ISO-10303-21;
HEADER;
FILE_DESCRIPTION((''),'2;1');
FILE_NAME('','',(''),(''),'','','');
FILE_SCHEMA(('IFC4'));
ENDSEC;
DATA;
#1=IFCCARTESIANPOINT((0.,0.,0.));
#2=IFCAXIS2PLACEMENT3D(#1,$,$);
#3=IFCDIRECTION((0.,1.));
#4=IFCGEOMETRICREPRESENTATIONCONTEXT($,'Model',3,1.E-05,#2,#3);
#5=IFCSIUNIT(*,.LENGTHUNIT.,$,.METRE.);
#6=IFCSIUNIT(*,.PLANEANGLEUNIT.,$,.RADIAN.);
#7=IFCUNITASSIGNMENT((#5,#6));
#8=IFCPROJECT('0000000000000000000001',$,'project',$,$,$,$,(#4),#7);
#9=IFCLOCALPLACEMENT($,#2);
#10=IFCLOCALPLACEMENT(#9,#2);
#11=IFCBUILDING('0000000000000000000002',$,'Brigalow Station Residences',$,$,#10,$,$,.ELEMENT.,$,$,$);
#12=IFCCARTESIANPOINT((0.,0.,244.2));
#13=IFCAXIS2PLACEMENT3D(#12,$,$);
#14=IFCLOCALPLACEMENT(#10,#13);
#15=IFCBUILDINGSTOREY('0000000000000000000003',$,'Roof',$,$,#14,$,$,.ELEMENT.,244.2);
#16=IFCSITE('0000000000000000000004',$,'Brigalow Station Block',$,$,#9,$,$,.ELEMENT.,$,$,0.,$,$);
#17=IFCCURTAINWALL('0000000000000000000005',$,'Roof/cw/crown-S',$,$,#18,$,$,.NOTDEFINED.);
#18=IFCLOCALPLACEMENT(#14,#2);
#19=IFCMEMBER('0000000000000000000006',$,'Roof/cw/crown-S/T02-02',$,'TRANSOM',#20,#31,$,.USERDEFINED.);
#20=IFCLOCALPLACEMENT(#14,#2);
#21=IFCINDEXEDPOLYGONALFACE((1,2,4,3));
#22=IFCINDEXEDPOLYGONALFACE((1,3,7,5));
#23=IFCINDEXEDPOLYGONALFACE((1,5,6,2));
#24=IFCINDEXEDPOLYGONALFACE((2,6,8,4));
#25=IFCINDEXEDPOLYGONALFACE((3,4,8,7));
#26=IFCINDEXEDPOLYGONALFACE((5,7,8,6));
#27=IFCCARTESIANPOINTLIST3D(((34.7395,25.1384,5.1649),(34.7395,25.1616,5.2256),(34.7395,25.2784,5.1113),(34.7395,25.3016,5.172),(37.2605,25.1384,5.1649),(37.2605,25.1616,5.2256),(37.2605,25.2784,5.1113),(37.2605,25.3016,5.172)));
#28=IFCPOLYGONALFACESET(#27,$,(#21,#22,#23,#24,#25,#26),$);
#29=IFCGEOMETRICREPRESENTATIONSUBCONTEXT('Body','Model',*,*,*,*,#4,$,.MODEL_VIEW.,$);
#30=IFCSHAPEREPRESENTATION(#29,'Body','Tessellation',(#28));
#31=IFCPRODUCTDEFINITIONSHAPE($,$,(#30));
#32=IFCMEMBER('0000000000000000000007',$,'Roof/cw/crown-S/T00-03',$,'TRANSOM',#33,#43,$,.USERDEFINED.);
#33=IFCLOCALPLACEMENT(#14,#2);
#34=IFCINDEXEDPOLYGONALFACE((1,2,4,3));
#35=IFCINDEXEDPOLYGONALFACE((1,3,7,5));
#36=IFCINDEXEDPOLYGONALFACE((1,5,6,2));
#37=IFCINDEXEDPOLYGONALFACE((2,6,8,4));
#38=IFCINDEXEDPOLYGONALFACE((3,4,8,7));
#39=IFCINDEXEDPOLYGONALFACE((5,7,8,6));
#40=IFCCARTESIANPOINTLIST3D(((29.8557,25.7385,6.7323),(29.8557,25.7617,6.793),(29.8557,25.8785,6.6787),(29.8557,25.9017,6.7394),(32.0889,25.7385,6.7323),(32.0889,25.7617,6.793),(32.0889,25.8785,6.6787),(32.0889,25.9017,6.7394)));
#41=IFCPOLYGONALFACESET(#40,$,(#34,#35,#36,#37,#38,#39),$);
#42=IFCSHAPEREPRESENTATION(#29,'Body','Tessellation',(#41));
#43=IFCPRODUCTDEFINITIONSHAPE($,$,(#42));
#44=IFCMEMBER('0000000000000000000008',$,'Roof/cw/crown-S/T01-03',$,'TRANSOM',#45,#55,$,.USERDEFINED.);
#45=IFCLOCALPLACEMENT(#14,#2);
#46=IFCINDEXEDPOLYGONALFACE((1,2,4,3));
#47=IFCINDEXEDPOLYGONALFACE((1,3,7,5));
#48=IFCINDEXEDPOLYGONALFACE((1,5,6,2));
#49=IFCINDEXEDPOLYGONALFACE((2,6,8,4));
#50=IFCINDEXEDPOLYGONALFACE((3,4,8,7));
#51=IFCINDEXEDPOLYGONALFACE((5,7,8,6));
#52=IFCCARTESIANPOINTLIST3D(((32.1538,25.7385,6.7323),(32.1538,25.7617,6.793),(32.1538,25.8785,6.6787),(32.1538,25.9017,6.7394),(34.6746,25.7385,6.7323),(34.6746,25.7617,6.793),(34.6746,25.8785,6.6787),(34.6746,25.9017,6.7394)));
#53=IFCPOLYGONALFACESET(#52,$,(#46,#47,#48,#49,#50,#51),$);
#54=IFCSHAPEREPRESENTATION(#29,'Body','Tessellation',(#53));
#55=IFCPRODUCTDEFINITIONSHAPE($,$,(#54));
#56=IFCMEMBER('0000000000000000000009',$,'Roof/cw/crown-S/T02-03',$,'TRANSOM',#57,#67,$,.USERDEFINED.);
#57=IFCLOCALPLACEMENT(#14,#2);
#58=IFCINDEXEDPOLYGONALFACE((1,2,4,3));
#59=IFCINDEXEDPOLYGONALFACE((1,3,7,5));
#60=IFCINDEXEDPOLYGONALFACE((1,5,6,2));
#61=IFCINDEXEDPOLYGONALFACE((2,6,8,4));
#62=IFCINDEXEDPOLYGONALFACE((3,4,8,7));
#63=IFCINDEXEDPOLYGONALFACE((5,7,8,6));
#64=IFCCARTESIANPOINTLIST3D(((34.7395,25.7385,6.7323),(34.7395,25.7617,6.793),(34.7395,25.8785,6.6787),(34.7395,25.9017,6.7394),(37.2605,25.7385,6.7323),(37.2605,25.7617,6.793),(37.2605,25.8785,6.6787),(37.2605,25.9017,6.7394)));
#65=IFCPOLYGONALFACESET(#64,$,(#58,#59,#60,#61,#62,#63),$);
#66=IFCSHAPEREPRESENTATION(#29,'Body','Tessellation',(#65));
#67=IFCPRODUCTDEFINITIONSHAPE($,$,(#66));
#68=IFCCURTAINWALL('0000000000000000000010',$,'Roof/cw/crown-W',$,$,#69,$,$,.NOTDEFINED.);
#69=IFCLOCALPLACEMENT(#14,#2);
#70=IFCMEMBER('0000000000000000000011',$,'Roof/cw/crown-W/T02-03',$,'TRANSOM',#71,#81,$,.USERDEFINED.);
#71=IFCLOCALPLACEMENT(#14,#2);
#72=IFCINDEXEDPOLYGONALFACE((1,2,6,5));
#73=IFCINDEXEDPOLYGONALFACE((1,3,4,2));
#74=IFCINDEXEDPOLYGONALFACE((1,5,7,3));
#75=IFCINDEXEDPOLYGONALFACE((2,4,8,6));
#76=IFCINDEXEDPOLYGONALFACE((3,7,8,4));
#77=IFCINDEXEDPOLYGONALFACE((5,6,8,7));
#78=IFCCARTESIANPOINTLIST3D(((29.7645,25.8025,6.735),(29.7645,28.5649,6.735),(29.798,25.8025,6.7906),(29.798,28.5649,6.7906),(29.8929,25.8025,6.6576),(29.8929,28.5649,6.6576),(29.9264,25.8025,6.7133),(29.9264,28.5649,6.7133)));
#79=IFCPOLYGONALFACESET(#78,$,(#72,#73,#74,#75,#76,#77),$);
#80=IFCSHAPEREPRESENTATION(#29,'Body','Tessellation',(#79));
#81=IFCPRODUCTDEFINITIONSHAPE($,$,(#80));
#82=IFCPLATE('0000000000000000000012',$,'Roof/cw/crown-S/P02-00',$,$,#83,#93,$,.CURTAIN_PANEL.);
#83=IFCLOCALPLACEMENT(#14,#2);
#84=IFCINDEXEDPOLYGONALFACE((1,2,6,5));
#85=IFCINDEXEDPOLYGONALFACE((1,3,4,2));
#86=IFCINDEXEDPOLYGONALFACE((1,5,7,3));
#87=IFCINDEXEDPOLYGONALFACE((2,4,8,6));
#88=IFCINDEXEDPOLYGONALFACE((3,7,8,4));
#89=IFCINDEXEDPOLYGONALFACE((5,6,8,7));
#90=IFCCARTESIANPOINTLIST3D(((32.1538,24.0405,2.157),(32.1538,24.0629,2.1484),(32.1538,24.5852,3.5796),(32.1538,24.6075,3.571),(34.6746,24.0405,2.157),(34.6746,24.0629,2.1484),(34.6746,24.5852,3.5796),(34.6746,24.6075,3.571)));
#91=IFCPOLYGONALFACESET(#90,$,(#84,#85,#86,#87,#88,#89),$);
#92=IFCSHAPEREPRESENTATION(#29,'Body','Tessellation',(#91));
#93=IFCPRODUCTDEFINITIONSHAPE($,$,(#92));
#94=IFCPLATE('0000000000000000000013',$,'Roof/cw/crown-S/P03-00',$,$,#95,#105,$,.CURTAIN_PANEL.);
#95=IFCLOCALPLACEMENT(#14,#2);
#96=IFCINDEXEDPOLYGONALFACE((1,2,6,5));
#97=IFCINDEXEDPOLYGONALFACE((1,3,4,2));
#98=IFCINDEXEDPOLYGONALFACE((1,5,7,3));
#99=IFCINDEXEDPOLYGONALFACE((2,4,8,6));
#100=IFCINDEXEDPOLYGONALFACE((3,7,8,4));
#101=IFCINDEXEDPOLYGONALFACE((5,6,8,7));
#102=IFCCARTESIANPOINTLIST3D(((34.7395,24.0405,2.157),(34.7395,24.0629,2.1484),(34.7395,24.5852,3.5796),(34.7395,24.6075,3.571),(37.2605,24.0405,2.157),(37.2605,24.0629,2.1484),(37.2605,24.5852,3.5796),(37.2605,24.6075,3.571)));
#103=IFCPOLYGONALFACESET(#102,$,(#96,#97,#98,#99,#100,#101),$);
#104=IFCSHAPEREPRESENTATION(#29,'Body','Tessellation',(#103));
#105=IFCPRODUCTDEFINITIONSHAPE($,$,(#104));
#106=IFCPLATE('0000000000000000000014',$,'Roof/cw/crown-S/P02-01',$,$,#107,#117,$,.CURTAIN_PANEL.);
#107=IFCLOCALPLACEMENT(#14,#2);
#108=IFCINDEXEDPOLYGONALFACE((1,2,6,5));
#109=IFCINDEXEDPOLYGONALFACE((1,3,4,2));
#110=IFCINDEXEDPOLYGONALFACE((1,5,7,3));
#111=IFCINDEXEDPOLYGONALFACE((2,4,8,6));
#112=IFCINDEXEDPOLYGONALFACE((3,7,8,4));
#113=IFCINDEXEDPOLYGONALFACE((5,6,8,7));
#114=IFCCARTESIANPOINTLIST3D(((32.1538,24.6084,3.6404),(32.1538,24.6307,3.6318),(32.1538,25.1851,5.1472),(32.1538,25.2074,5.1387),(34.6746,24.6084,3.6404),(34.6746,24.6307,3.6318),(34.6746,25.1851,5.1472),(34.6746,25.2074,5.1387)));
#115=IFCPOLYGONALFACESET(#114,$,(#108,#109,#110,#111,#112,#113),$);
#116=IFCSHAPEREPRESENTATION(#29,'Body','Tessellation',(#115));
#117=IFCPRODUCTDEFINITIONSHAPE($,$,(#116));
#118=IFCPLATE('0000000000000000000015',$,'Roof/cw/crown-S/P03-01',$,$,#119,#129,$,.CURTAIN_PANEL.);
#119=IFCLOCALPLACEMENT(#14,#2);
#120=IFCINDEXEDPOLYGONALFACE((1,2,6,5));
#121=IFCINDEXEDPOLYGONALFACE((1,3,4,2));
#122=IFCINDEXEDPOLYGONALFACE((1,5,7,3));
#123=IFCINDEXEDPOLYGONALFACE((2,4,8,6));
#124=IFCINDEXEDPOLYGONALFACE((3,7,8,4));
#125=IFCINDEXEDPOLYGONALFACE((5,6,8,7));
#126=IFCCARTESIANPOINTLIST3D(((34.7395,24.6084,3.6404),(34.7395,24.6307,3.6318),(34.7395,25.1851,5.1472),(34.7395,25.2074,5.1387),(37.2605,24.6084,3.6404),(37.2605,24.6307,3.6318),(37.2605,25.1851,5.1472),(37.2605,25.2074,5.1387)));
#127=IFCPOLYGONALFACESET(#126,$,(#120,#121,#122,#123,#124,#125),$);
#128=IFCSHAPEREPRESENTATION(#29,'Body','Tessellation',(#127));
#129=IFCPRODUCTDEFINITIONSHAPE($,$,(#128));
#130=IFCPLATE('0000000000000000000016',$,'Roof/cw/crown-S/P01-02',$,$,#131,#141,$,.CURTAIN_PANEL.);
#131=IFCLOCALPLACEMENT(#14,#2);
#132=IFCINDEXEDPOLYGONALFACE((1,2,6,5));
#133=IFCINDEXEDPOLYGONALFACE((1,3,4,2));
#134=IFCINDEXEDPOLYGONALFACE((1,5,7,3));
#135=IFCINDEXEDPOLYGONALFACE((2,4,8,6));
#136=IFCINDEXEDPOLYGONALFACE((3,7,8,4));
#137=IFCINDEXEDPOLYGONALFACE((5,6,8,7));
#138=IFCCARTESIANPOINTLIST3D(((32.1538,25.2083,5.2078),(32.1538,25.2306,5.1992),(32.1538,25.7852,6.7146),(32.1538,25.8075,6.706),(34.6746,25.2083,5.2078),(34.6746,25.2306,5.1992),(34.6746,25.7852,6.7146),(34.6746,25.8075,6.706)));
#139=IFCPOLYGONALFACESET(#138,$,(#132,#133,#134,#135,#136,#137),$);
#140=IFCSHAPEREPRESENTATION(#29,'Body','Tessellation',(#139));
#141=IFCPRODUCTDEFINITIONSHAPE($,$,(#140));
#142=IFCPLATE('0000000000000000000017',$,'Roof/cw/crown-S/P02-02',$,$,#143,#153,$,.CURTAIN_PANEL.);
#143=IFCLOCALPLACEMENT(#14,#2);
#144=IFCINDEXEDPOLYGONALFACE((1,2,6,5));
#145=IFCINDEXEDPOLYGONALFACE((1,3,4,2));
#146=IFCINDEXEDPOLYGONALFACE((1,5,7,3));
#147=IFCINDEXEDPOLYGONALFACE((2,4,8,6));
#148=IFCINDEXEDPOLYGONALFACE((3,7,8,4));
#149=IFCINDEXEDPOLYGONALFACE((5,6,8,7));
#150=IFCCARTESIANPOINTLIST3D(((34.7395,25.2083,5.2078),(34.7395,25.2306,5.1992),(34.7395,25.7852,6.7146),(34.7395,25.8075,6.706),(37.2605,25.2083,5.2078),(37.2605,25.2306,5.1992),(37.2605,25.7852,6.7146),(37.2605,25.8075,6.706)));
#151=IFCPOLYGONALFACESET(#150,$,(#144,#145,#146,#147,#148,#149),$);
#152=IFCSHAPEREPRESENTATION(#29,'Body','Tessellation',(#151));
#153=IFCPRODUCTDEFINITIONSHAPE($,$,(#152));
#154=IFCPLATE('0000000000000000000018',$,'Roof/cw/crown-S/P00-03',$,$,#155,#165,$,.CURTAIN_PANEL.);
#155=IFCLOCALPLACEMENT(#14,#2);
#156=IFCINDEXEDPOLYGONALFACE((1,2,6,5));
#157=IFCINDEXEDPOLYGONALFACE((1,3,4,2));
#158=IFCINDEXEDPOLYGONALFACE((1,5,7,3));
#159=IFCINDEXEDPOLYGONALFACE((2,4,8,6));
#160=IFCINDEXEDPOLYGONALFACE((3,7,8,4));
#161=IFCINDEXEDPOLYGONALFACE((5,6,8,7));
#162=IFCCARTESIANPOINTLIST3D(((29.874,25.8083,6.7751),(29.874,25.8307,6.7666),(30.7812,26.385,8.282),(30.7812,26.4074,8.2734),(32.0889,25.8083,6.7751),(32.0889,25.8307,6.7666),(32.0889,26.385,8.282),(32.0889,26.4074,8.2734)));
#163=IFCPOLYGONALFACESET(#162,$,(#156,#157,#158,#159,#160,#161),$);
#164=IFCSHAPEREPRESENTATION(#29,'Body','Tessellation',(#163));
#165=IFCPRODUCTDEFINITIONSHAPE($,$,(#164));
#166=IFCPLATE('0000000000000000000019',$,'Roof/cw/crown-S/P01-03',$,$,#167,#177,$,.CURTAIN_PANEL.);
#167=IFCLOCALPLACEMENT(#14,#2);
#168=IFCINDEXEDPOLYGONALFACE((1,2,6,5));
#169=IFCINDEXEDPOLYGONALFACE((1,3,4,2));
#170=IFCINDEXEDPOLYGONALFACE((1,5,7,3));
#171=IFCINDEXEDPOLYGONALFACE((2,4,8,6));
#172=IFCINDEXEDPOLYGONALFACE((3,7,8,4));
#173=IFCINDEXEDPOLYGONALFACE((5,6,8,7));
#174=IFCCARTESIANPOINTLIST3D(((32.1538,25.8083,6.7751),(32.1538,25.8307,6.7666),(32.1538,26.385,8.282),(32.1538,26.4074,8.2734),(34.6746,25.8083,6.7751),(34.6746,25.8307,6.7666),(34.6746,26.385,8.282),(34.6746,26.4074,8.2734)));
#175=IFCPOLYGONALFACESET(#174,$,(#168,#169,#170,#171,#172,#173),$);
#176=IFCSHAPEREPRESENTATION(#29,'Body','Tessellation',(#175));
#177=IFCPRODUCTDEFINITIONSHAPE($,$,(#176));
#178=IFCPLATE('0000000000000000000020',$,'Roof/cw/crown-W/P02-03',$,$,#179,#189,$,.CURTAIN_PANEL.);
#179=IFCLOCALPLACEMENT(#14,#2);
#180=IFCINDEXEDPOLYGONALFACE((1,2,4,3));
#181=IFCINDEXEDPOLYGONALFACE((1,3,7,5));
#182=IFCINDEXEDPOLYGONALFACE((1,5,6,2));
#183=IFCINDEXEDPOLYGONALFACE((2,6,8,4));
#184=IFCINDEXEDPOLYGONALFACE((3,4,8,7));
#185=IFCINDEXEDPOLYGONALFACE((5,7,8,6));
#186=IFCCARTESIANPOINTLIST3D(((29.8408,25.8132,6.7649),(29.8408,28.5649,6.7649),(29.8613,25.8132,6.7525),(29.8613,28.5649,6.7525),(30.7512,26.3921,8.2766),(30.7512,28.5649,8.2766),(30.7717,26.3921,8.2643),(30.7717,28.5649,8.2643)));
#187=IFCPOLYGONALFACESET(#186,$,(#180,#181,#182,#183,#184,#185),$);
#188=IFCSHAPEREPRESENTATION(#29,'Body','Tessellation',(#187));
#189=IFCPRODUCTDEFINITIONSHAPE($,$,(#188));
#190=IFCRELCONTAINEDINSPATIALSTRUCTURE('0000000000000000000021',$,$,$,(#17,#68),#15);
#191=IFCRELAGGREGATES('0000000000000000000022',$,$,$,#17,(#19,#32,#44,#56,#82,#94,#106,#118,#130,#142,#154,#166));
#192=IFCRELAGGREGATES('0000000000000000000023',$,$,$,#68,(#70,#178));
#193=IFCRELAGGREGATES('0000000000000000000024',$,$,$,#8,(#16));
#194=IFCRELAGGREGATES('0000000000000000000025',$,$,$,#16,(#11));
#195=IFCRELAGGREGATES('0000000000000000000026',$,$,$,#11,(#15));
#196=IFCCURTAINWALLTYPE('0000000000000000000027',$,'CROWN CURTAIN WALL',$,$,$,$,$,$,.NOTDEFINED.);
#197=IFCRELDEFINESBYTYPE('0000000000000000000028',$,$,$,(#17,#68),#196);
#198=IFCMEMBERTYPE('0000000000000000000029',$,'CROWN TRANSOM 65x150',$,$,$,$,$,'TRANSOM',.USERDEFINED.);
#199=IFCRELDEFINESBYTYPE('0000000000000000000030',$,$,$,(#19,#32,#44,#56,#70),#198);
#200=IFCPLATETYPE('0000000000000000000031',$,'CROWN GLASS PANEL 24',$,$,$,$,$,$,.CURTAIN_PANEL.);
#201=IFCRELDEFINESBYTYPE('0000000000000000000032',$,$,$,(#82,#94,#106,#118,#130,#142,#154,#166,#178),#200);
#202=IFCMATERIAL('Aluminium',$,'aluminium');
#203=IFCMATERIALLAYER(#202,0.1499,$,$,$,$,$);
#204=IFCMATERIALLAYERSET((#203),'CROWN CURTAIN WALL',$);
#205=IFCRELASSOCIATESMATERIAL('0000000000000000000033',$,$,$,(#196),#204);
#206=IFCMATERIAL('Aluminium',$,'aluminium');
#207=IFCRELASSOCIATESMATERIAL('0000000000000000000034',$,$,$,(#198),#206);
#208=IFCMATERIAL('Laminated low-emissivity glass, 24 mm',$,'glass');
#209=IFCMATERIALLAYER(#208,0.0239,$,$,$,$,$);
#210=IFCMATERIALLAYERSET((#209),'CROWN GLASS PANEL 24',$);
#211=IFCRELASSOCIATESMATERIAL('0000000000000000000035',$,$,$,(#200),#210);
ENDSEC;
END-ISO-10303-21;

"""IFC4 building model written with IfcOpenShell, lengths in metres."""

from ifc_helpers import new_model, si_unit, direction, frame, origin, origin_2d, place, context, subcontext, project, spatial, polyline, rectangle, outline, extrude, material, layer, layer_set, material_profile, profile_set, type_object, element, aggregate, save


model = new_model("IFC4")

# Units and contexts
model_context = context("Model", 3, precision=1e-05, world=origin(), true_north=direction((0.0, 1.0)))
body_context = subcontext(model_context, "Body", "Model", "MODEL_VIEW")
ifc_project = project(units=[si_unit("LENGTHUNIT", "METRE"), si_unit("PLANEANGLEUNIT", "RADIAN")], contexts=[model_context])

# Site, building, storey
site_placement = place(None, origin())
site = spatial("IfcSite", under=ifc_project, at=site_placement, Name="Brigalow Station Block", CompositionType="ELEMENT", RefElevation=0.0)
building_placement = place(site_placement, origin())
building = spatial("IfcBuilding", under=site, at=building_placement, Name="Brigalow Station Residences", CompositionType="ELEMENT")
storey_placement = place(building_placement, frame((0.0, 0.0, 244.2)))
storey = spatial("IfcBuildingStorey", under=building, at=storey_placement, Name="Roof", CompositionType="ELEMENT", Elevation=244.2)

# Curtain wall, members
ifc_material_1 = material(Name="Aluminium", Category="aluminium")
ifc_layer_1 = layer(ifc_material_1, 0.1499)
ifc_layer_set_1 = layer_set([ifc_layer_1], Name="CROWN CURTAIN WALL")
curtain_wall_type = type_object("IfcCurtainWallType", Name="CROWN CURTAIN WALL", PredefinedType="NOTDEFINED", material=ifc_layer_set_1)
curtain_wall_1_placement = place(storey_placement, origin())
curtain_wall_1 = element("IfcCurtainWall", 1, at=curtain_wall_1_placement, inside=storey, type_object=curtain_wall_type, Name="Roof/cw/crown-S", PredefinedType="NOTDEFINED")
ifc_material_2 = material(Name="Aluminium", Category="aluminium")
ifc_material_profile_1 = material_profile(ifc_material_2, rectangle(XDim=0.0649, YDim=0.1499, at=origin_2d()), Name="CROWN TRANSOM 65x150")
ifc_profile_set_1 = profile_set([ifc_material_profile_1], Name="Aluminium")
member_type_1 = type_object("IfcMemberType", Name="CROWN TRANSOM 65x150", ElementType="TRANSOM", PredefinedType="USERDEFINED", material=ifc_profile_set_1)
member_1_placement = place(storey_placement, frame((34.7395, 25.22, 5.1685), z_axis=(1.0, 0.0, 0.0), x_axis=(0.0, 0.357491, 0.933917)))
member_1 = element("IfcMember", 2, at=member_1_placement, type_object=member_type_1, Name="Roof/cw/crown-S/T02-02", ObjectType="TRANSOM", PredefinedType="USERDEFINED", context=body_context, shape_type="SweptSolid", body=[
    extrude(rectangle(XDim=0.0649, YDim=0.1499, at=origin_2d()), origin(), (0.0, 0.0, 1.0), 2.521),
])
member_2_placement = place(storey_placement, frame((29.8557, 25.8201, 6.7358), z_axis=(1.0, 0.0, 0.0), x_axis=(0.0, 0.357491, 0.933917)))
member_2 = element("IfcMember", 3, at=member_2_placement, type_object=member_type_1, Name="Roof/cw/crown-S/T00-03", ObjectType="TRANSOM", PredefinedType="USERDEFINED", context=body_context, shape_type="SweptSolid", body=[
    extrude(rectangle(XDim=0.0649, YDim=0.1499, at=origin_2d()), origin(), (0.0, 0.0, 1.0), 2.2332),
])
member_3_placement = place(storey_placement, frame((32.1538, 25.8201, 6.7358), z_axis=(1.0, 0.0, 0.0), x_axis=(0.0, 0.357491, 0.933917)))
member_3 = element("IfcMember", 4, at=member_3_placement, type_object=member_type_1, Name="Roof/cw/crown-S/T01-03", ObjectType="TRANSOM", PredefinedType="USERDEFINED", context=body_context, shape_type="SweptSolid", body=[
    extrude(rectangle(XDim=0.0649, YDim=0.1499, at=origin_2d()), origin(), (0.0, 0.0, 1.0), 2.5208),
])
member_4_placement = place(storey_placement, frame((34.7395, 25.8201, 6.7358), z_axis=(1.0, 0.0, 0.0), x_axis=(0.0, 0.357491, 0.933917)))
member_4 = element("IfcMember", 5, at=member_4_placement, type_object=member_type_1, Name="Roof/cw/crown-S/T02-03", ObjectType="TRANSOM", PredefinedType="USERDEFINED", context=body_context, shape_type="SweptSolid", body=[
    extrude(rectangle(XDim=0.0649, YDim=0.1499, at=origin_2d()), origin(), (0.0, 0.0, 1.0), 2.521),
])

# Curtain wall, member
curtain_wall_2_placement = place(storey_placement, origin())
curtain_wall_2 = element("IfcCurtainWall", 6, at=curtain_wall_2_placement, inside=storey, type_object=curtain_wall_type, Name="Roof/cw/crown-W", PredefinedType="NOTDEFINED")
member_5_placement = place(storey_placement, frame((29.8455, 28.5649, 6.7241), z_axis=(0.0, -1.0, 0.0), x_axis=(0.515813, 0.0, 0.856701)))
member_5 = element("IfcMember", 7, at=member_5_placement, type_object=member_type_1, Name="Roof/cw/crown-W/T02-03", ObjectType="TRANSOM", PredefinedType="USERDEFINED", context=body_context, shape_type="SweptSolid", body=[
    extrude(rectangle(XDim=0.0649, YDim=0.1499, at=origin_2d()), origin(), (0.0, 0.0, 1.0), 2.7625),
])

# Plates
ifc_material_3 = material(Name="Laminated low-emissivity glass, 24 mm", Category="glass")
ifc_layer_2 = layer(ifc_material_3, 0.0239)
ifc_layer_set_2 = layer_set([ifc_layer_2], Name="CROWN GLASS PANEL 24")
plate_type = type_object("IfcPlateType", Name="CROWN GLASS PANEL 24", PredefinedType="CURTAIN_PANEL", material=ifc_layer_set_2)
plate_1_placement = place(storey_placement, frame((32.1538, 24.0405, 2.157), z_axis=(0.0, -0.93389, 0.357561), x_axis=(1.0, 0.0, 0.0)))
plate_1 = element("IfcPlate", 8, at=plate_1_placement, type_object=plate_type, Name="Roof/cw/crown-S/P02-00", PredefinedType="CURTAIN_PANEL", context=body_context, shape_type="SweptSolid", body=[
    extrude(outline(polyline([(0.0, 0.0), (2.5208, 0.0), (2.5208, 1.5233), (0.0, 1.5233), (0.0, 0.0)])), origin(), (0.0, 0.0, -1.0), 0.0239),
])
plate_2_placement = place(storey_placement, frame((34.7395, 24.0405, 2.157), z_axis=(0.0, -0.93389, 0.357561), x_axis=(1.0, 0.0, 0.0)))
plate_2 = element("IfcPlate", 9, at=plate_2_placement, type_object=plate_type, Name="Roof/cw/crown-S/P03-00", PredefinedType="CURTAIN_PANEL", context=body_context, shape_type="SweptSolid", body=[
    extrude(outline(polyline([(0.0, 0.0), (2.521, 0.0), (2.521, 1.5233), (0.0, 1.5233), (0.0, 0.0)])), origin(), (0.0, 0.0, -1.0), 0.0239),
])
plate_3_placement = place(storey_placement, frame((32.1538, 24.6084, 3.6404), z_axis=(0.0, -0.933945, 0.357417), x_axis=(1.0, 0.0, 0.0)))
plate_3 = element("IfcPlate", 10, at=plate_3_placement, type_object=plate_type, Name="Roof/cw/crown-S/P02-01", PredefinedType="CURTAIN_PANEL", context=body_context, shape_type="SweptSolid", body=[
    extrude(outline(polyline([(0.0, 0.0), (2.5208, 0.0), (2.5208, 1.6134), (0.0, 1.6134), (0.0, 0.0)])), origin(), (0.0, 0.0, -1.0), 0.0239),
])
plate_4_placement = place(storey_placement, frame((34.7395, 24.6084, 3.6404), z_axis=(0.0, -0.933945, 0.357417), x_axis=(1.0, 0.0, 0.0)))
plate_4 = element("IfcPlate", 11, at=plate_4_placement, type_object=plate_type, Name="Roof/cw/crown-S/P03-01", PredefinedType="CURTAIN_PANEL", context=body_context, shape_type="SweptSolid", body=[
    extrude(outline(polyline([(0.0, 0.0), (2.521, 0.0), (2.521, 1.6134), (0.0, 1.6134), (0.0, 0.0)])), origin(), (0.0, 0.0, -1.0), 0.0239),
])
plate_5_placement = place(storey_placement, frame((32.1538, 25.2083, 5.2078), z_axis=(0.0, -0.933894, 0.357549), x_axis=(1.0, 0.0, 0.0)))
plate_5 = element("IfcPlate", 12, at=plate_5_placement, type_object=plate_type, Name="Roof/cw/crown-S/P01-02", PredefinedType="CURTAIN_PANEL", context=body_context, shape_type="SweptSolid", body=[
    extrude(outline(polyline([(0.0, 0.0), (2.5208, 0.0), (2.5208, 1.6135), (0.0, 1.6135), (0.0, 0.0)])), origin(), (0.0, 0.0, -1.0), 0.0239),
])
plate_6_placement = place(storey_placement, frame((34.7395, 25.2083, 5.2078), z_axis=(0.0, -0.933894, 0.357549), x_axis=(1.0, 0.0, 0.0)))
plate_6 = element("IfcPlate", 13, at=plate_6_placement, type_object=plate_type, Name="Roof/cw/crown-S/P02-02", PredefinedType="CURTAIN_PANEL", context=body_context, shape_type="SweptSolid", body=[
    extrude(outline(polyline([(0.0, 0.0), (2.521, 0.0), (2.521, 1.6135), (0.0, 1.6135), (0.0, 0.0)])), origin(), (0.0, 0.0, -1.0), 0.0239),
])
plate_7_placement = place(storey_placement, frame((29.874, 25.8083, 6.7751), z_axis=(0.0, -0.933945, 0.357417), x_axis=(1.0, 0.0, 0.0)))
plate_7 = element("IfcPlate", 14, at=plate_7_placement, type_object=plate_type, Name="Roof/cw/crown-S/P00-03", PredefinedType="CURTAIN_PANEL", context=body_context, shape_type="SweptSolid", body=[
    extrude(outline(polyline([(0.0, 0.0), (2.2148, 0.0), (2.2148, 1.6134), (0.9072, 1.6134), (0.0, 0.0)])), origin(), (0.0, 0.0, -1.0), 0.0239),
])
plate_8_placement = place(storey_placement, frame((32.1538, 25.8083, 6.7751), z_axis=(0.0, -0.933945, 0.357417), x_axis=(1.0, 0.0, 0.0)))
plate_8 = element("IfcPlate", 15, at=plate_8_placement, type_object=plate_type, Name="Roof/cw/crown-S/P01-03", PredefinedType="CURTAIN_PANEL", context=body_context, shape_type="SweptSolid", body=[
    extrude(outline(polyline([(0.0, 0.0), (2.5208, 0.0), (2.5208, 1.6134), (0.0, 1.6134), (0.0, 0.0)])), origin(), (0.0, 0.0, -1.0), 0.0239),
])
aggregate(curtain_wall_1, [member_1, member_2, member_3, member_4, plate_1, plate_2, plate_3, plate_4, plate_5, plate_6, plate_7, plate_8])
plate_9_placement = place(storey_placement, frame((29.8408, 28.5649, 6.7649), z_axis=(-0.856649, 0.0, 0.515899), x_axis=(0.0, -1.0, 0.0)))
plate_9 = element("IfcPlate", 16, at=plate_9_placement, type_object=plate_type, Name="Roof/cw/crown-W/P02-03", PredefinedType="CURTAIN_PANEL", context=body_context, shape_type="SweptSolid", body=[
    extrude(outline(polyline([(0.0, 0.0), (2.7517, 0.0), (2.1729, 1.7647), (0.0, 1.7647), (0.0, 0.0)])), origin(), (0.0, 0.0, -1.0), 0.0239),
])
aggregate(curtain_wall_2, [member_5, plate_9])

save(model, "model.ifc")
